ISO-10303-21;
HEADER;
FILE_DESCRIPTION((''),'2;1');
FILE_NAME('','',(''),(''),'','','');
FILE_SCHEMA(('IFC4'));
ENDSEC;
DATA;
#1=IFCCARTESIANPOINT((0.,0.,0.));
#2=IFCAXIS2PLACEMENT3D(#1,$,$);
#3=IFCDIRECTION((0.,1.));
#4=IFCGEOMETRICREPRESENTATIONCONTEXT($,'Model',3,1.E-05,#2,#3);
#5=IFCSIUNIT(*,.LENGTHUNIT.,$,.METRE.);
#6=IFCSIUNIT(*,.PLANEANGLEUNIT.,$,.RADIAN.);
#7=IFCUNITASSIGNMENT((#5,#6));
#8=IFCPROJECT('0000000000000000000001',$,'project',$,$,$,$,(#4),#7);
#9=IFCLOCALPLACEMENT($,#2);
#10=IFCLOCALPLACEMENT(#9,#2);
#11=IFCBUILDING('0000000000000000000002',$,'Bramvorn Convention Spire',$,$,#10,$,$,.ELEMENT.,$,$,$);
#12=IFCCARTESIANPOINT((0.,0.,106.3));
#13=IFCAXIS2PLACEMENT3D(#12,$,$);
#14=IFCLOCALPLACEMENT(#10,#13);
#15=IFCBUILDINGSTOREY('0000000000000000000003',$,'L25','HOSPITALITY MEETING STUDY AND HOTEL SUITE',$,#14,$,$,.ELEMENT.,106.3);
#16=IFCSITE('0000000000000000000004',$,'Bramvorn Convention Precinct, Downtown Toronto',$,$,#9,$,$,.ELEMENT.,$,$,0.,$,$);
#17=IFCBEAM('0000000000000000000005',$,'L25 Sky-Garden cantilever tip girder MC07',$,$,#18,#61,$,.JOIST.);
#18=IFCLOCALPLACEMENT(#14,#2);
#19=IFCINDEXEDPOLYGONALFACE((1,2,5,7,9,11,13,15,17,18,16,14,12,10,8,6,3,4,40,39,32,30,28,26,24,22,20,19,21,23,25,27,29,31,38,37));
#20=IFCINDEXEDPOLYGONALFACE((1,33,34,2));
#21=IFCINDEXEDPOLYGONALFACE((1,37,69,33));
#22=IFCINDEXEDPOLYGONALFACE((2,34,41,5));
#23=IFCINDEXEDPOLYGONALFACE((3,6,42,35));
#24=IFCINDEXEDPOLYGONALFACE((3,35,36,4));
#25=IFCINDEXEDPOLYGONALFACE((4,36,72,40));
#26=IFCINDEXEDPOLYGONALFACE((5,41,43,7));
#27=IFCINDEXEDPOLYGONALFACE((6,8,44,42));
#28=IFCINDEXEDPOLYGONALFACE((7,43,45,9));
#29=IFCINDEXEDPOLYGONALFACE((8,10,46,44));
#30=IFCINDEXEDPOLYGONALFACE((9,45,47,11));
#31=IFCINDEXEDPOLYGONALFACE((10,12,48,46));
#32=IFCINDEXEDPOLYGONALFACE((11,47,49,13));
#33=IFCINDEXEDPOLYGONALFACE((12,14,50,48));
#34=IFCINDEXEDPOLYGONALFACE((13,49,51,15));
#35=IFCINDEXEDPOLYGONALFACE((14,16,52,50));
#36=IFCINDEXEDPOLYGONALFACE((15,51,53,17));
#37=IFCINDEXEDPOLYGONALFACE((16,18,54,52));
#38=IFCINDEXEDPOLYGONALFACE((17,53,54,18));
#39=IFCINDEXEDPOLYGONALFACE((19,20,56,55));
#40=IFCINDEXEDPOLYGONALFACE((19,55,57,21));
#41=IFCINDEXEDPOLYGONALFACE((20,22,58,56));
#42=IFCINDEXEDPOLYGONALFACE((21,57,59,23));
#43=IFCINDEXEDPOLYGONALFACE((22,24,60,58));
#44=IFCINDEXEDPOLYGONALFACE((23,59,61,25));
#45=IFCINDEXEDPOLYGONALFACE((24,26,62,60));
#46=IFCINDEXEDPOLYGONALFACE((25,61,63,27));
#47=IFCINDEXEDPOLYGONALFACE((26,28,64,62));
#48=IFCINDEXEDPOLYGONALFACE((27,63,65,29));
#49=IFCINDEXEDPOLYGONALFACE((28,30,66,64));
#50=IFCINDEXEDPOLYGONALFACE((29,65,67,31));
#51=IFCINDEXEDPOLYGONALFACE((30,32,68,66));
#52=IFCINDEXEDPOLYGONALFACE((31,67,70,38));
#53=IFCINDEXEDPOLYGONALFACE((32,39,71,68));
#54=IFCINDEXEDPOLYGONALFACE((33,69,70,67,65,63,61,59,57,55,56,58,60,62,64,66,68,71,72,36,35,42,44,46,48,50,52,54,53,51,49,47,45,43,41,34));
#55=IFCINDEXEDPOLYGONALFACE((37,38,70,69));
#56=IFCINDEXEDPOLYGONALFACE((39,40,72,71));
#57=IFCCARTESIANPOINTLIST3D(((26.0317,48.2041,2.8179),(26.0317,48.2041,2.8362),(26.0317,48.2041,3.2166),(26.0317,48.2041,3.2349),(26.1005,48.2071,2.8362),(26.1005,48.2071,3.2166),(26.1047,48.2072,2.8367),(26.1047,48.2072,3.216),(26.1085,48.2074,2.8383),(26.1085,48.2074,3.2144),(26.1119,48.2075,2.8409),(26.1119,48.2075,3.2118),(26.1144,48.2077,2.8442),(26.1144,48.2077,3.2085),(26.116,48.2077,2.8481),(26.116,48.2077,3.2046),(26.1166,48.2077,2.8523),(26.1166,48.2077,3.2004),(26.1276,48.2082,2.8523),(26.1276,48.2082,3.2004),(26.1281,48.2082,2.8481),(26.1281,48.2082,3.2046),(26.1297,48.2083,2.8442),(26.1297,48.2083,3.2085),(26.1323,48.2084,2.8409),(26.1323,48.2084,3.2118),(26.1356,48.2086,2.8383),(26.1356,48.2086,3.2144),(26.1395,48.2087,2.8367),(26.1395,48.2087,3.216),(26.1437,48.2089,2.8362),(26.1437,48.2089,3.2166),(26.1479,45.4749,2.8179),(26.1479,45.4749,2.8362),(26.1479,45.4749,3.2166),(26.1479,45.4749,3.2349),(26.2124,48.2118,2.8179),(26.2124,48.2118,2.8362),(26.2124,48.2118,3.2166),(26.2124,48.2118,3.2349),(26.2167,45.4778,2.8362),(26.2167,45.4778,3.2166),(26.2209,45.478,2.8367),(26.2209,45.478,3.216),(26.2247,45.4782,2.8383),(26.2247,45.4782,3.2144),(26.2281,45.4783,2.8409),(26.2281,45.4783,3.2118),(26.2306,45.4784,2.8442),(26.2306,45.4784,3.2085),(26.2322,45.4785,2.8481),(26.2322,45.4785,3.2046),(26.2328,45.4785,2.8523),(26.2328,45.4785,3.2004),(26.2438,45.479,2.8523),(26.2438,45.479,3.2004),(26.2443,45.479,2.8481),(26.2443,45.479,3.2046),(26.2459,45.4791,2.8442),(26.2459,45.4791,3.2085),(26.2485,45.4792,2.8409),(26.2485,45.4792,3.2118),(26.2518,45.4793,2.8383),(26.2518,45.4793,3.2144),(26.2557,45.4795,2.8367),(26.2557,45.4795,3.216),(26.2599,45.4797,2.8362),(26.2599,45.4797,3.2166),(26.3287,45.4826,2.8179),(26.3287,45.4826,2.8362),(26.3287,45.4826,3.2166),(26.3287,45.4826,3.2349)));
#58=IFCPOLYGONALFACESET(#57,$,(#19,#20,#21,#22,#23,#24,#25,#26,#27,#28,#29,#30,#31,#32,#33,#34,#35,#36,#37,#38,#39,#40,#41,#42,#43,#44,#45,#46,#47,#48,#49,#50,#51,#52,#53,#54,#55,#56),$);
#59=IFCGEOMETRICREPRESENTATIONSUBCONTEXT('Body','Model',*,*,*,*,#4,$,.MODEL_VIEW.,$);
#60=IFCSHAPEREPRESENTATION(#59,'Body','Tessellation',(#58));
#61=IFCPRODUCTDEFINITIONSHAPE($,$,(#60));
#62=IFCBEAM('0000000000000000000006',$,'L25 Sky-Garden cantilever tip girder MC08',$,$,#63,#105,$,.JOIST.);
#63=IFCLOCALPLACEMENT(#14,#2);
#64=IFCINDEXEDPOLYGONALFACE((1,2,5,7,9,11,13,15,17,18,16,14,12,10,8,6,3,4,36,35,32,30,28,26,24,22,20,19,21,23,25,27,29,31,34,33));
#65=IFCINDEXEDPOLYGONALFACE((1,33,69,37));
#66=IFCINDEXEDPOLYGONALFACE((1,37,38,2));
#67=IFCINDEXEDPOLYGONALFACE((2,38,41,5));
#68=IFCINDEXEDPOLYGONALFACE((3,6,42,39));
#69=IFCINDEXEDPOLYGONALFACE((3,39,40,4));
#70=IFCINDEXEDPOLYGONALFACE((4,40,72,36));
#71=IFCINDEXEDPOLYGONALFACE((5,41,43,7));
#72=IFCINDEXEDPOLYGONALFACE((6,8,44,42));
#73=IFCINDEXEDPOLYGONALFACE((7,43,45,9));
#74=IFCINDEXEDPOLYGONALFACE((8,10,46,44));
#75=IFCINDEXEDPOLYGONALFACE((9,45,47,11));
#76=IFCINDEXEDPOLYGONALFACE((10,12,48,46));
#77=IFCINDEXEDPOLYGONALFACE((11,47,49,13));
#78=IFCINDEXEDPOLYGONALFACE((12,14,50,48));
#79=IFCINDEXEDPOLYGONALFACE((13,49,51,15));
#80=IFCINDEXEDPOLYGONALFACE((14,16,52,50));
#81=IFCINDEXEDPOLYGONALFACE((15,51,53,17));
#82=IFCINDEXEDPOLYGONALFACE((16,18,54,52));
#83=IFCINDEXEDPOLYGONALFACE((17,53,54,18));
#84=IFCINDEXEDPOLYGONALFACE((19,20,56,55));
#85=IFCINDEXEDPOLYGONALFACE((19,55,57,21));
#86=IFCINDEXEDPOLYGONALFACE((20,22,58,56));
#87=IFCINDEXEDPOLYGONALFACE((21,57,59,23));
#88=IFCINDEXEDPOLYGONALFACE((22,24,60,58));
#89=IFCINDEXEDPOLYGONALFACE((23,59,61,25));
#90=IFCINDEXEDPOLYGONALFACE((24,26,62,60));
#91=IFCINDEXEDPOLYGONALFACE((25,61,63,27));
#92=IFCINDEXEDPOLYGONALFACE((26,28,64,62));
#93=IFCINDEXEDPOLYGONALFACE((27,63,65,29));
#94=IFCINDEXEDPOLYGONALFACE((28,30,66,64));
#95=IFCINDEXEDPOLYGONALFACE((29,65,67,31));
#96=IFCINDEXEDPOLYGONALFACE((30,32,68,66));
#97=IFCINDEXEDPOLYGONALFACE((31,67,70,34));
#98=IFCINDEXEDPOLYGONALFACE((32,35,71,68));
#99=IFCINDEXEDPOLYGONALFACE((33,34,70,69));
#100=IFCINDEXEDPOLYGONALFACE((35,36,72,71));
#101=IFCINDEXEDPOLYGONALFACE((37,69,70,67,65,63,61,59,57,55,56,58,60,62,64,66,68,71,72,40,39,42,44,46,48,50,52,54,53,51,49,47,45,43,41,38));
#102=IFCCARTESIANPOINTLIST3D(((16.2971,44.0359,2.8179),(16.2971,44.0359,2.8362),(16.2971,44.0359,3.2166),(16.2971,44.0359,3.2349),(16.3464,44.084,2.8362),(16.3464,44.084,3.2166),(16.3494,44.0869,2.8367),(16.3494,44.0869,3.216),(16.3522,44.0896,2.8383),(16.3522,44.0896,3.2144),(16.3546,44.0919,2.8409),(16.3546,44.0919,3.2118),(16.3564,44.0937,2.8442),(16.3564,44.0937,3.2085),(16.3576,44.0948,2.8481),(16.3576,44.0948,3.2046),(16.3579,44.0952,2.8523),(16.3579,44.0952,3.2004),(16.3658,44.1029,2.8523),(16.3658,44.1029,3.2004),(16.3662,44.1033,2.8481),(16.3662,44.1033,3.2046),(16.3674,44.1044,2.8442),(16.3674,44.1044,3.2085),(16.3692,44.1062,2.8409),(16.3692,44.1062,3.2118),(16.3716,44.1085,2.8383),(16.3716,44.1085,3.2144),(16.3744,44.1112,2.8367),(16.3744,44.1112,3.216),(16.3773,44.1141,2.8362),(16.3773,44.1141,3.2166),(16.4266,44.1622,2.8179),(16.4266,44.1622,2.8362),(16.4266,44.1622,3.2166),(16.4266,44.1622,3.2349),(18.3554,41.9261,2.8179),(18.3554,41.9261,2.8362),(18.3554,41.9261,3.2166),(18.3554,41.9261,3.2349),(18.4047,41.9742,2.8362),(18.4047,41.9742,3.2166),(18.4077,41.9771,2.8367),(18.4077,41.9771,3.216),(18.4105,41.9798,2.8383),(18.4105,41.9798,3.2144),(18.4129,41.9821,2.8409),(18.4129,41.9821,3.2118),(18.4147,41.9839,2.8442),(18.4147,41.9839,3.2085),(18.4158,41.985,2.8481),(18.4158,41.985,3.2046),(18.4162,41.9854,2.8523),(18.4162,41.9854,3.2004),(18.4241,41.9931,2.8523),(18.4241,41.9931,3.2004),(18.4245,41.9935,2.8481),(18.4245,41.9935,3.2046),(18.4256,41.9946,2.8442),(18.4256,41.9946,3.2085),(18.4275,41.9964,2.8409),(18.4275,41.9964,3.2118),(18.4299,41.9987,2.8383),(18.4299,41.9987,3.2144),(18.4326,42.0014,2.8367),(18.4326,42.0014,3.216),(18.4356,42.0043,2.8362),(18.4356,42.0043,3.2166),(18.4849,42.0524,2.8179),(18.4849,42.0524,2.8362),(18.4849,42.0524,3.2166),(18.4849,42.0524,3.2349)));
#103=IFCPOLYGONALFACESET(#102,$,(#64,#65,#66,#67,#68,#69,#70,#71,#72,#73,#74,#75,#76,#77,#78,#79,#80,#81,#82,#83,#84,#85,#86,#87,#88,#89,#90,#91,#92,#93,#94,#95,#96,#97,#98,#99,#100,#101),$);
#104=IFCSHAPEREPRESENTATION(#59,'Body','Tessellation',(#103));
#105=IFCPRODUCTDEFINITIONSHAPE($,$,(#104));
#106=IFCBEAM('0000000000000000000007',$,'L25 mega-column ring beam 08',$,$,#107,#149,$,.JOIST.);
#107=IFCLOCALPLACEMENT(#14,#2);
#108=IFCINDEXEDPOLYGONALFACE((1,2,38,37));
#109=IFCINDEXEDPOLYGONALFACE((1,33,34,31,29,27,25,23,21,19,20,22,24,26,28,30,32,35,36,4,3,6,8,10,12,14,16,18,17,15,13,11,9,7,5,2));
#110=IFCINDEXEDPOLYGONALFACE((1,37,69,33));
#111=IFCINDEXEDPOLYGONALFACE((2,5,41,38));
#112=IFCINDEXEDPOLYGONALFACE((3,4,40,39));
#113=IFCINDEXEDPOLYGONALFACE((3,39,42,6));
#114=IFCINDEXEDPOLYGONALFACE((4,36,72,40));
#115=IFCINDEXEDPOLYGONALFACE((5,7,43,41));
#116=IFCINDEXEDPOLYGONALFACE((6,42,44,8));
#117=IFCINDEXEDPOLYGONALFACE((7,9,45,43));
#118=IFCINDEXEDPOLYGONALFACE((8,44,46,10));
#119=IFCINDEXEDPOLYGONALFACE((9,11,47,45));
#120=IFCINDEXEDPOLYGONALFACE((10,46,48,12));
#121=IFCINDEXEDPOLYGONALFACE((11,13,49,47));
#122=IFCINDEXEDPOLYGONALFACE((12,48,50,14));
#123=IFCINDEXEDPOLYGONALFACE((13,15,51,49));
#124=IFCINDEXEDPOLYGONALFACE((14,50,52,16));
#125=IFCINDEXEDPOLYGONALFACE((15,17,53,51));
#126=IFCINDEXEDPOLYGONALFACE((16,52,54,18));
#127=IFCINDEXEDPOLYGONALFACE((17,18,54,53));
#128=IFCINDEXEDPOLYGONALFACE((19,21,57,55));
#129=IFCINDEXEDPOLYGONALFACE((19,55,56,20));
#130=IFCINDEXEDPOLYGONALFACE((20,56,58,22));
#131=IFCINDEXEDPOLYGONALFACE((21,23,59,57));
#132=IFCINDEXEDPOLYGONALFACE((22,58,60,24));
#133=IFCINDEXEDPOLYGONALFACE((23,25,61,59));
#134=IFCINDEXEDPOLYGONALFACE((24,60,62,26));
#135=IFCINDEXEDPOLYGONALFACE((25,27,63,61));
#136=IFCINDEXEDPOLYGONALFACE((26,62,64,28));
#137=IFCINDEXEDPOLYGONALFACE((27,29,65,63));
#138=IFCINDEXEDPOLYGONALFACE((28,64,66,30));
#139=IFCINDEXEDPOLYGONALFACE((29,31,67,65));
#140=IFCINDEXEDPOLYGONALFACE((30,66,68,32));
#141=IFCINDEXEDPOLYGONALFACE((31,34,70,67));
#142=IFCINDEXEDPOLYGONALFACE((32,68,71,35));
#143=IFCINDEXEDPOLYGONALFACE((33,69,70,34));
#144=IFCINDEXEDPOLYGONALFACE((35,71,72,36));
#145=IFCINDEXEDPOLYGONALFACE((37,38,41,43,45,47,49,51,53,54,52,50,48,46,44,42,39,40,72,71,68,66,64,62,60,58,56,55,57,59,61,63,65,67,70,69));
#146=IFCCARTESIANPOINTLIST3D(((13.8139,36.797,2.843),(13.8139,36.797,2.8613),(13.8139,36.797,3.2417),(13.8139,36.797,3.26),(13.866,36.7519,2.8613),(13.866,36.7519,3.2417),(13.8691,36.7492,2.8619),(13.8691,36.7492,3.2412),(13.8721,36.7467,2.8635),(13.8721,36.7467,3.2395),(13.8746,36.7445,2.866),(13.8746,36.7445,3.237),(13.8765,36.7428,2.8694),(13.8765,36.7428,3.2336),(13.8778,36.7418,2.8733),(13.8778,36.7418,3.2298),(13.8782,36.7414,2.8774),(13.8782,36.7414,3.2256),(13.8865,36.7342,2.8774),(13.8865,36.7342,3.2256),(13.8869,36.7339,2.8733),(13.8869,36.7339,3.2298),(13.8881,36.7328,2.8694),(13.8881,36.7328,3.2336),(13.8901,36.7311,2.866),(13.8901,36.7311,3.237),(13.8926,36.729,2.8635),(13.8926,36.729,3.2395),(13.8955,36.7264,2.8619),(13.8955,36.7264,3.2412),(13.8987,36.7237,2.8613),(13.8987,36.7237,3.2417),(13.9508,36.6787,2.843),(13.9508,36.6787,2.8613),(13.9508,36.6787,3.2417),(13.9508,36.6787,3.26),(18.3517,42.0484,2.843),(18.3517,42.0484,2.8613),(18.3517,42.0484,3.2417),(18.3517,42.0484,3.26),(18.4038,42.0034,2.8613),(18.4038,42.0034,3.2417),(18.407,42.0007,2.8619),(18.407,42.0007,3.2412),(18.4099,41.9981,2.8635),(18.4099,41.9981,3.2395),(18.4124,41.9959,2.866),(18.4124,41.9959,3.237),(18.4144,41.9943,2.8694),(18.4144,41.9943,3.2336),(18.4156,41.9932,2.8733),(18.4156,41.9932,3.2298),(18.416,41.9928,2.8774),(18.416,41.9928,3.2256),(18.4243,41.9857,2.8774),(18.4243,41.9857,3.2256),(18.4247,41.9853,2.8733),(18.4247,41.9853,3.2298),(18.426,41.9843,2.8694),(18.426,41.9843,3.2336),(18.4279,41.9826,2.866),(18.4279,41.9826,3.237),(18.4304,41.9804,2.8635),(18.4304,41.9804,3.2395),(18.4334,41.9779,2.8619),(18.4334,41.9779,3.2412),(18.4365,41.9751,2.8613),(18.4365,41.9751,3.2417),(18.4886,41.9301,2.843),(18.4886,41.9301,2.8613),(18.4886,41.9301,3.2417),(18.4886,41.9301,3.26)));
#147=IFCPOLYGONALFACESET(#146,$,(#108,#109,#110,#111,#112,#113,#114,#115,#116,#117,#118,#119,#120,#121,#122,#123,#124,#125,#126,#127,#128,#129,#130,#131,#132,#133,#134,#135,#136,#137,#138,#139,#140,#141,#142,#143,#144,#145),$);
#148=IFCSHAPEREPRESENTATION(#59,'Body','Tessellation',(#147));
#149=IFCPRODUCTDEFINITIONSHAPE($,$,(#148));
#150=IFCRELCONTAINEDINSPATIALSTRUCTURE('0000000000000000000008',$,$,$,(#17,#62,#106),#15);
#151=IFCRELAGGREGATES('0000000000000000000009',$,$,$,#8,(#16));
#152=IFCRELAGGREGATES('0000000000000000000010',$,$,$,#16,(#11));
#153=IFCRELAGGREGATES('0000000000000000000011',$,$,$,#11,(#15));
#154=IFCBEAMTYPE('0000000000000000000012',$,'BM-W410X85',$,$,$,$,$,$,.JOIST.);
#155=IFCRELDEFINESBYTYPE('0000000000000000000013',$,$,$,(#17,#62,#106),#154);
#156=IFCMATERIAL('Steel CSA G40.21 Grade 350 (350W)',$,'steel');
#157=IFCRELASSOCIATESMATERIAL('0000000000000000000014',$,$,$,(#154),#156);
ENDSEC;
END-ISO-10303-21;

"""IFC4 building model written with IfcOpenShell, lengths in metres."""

from ifc_helpers import new_model, si_unit, direction, frame, origin, origin_2d, place, context, subcontext, project, spatial, i_section, extrude, material, material_profile, profile_set, type_object, element, save


model = new_model("IFC4")

# Units and contexts
model_context = context("Model", 3, precision=1e-05, world=origin(), true_north=direction((0.0, 1.0)))
body_context = subcontext(model_context, "Body", "Model", "MODEL_VIEW")
ifc_project = project(units=[si_unit("LENGTHUNIT", "METRE"), si_unit("PLANEANGLEUNIT", "RADIAN")], contexts=[model_context])

# Site, building, storey
site_placement = place(None, origin())
site = spatial("IfcSite", under=ifc_project, at=site_placement, Name="Bramvorn Convention Precinct, Downtown Toronto", CompositionType="ELEMENT", RefElevation=0.0)
building_placement = place(site_placement, origin())
building = spatial("IfcBuilding", under=site, at=building_placement, Name="Bramvorn Convention Spire", CompositionType="ELEMENT")
storey_placement = place(building_placement, frame((0.0, 0.0, 106.3)))
storey = spatial("IfcBuildingStorey", under=building, at=storey_placement, Name="L25", Description="HOSPITALITY MEETING STUDY AND HOTEL SUITE", CompositionType="ELEMENT", Elevation=106.3)

# Shared definitions
ifc_material_1 = material(Name="Steel CSA G40.21 Grade 350 (350W)", Category="steel")

# Beams
ifc_material_profile_1 = material_profile(ifc_material_1, i_section(OverallWidth=0.1809, OverallDepth=0.417, WebThickness=0.011, FlangeThickness=0.0183, FilletRadius=0.0161, at=origin_2d()))
ifc_profile_set_1 = profile_set([ifc_material_profile_1], Name="Steel CSA G40.21 Grade 350 (350W) - W410X85")
beam_type = type_object("IfcBeamType", Name="BM-W410X85", PredefinedType="JOIST", material=ifc_profile_set_1)
beam_1_placement = place(storey_placement, frame((26.2383, 45.4788, 3.0264), z_axis=(-0.042541, 0.999095, 0.0), x_axis=(-0.999095, -0.042541, 0.0)))
element("IfcBeam", 1, at=beam_1_placement, inside=storey, type_object=beam_type, Name="L25 Sky-Garden cantilever tip girder MC07", PredefinedType="JOIST", context=body_context, shape_type="SweptSolid", body=[
    extrude(i_section(OverallWidth=0.1809, OverallDepth=0.417, WebThickness=0.011, FlangeThickness=0.0183, FilletRadius=0.0161, at=origin_2d()), origin(), (0.0, 0.0, 1.0), 2.7317),
])
beam_2_placement = place(storey_placement, frame((18.4202, 41.9893, 3.0264), z_axis=(-0.698315, 0.715791, 0.0), x_axis=(-0.715791, -0.698315, 0.0)))
element("IfcBeam", 2, at=beam_2_placement, inside=storey, type_object=beam_type, Name="L25 Sky-Garden cantilever tip girder MC08", PredefinedType="JOIST", context=body_context, shape_type="SweptSolid", body=[
    extrude(i_section(OverallWidth=0.1809, OverallDepth=0.417, WebThickness=0.011, FlangeThickness=0.0183, FilletRadius=0.0161, at=origin_2d()), origin(), (0.0, 0.0, 1.0), 2.9475),
])
beam_3_placement = place(storey_placement, frame((18.4202, 41.9893, 3.0515), z_axis=(-0.653825, -0.756646, 0.0), x_axis=(0.756646, -0.653825, 0.0)))
element("IfcBeam", 3, at=beam_3_placement, inside=storey, type_object=beam_type, Name="L25 mega-column ring beam 08", PredefinedType="JOIST", context=body_context, shape_type="SweptSolid", body=[
    extrude(i_section(OverallWidth=0.1809, OverallDepth=0.417, WebThickness=0.011, FlangeThickness=0.0183, FilletRadius=0.0161, at=origin_2d()), origin(), (0.0, 0.0, 1.0), 6.9404),
])

save(model, "model.ifc")
